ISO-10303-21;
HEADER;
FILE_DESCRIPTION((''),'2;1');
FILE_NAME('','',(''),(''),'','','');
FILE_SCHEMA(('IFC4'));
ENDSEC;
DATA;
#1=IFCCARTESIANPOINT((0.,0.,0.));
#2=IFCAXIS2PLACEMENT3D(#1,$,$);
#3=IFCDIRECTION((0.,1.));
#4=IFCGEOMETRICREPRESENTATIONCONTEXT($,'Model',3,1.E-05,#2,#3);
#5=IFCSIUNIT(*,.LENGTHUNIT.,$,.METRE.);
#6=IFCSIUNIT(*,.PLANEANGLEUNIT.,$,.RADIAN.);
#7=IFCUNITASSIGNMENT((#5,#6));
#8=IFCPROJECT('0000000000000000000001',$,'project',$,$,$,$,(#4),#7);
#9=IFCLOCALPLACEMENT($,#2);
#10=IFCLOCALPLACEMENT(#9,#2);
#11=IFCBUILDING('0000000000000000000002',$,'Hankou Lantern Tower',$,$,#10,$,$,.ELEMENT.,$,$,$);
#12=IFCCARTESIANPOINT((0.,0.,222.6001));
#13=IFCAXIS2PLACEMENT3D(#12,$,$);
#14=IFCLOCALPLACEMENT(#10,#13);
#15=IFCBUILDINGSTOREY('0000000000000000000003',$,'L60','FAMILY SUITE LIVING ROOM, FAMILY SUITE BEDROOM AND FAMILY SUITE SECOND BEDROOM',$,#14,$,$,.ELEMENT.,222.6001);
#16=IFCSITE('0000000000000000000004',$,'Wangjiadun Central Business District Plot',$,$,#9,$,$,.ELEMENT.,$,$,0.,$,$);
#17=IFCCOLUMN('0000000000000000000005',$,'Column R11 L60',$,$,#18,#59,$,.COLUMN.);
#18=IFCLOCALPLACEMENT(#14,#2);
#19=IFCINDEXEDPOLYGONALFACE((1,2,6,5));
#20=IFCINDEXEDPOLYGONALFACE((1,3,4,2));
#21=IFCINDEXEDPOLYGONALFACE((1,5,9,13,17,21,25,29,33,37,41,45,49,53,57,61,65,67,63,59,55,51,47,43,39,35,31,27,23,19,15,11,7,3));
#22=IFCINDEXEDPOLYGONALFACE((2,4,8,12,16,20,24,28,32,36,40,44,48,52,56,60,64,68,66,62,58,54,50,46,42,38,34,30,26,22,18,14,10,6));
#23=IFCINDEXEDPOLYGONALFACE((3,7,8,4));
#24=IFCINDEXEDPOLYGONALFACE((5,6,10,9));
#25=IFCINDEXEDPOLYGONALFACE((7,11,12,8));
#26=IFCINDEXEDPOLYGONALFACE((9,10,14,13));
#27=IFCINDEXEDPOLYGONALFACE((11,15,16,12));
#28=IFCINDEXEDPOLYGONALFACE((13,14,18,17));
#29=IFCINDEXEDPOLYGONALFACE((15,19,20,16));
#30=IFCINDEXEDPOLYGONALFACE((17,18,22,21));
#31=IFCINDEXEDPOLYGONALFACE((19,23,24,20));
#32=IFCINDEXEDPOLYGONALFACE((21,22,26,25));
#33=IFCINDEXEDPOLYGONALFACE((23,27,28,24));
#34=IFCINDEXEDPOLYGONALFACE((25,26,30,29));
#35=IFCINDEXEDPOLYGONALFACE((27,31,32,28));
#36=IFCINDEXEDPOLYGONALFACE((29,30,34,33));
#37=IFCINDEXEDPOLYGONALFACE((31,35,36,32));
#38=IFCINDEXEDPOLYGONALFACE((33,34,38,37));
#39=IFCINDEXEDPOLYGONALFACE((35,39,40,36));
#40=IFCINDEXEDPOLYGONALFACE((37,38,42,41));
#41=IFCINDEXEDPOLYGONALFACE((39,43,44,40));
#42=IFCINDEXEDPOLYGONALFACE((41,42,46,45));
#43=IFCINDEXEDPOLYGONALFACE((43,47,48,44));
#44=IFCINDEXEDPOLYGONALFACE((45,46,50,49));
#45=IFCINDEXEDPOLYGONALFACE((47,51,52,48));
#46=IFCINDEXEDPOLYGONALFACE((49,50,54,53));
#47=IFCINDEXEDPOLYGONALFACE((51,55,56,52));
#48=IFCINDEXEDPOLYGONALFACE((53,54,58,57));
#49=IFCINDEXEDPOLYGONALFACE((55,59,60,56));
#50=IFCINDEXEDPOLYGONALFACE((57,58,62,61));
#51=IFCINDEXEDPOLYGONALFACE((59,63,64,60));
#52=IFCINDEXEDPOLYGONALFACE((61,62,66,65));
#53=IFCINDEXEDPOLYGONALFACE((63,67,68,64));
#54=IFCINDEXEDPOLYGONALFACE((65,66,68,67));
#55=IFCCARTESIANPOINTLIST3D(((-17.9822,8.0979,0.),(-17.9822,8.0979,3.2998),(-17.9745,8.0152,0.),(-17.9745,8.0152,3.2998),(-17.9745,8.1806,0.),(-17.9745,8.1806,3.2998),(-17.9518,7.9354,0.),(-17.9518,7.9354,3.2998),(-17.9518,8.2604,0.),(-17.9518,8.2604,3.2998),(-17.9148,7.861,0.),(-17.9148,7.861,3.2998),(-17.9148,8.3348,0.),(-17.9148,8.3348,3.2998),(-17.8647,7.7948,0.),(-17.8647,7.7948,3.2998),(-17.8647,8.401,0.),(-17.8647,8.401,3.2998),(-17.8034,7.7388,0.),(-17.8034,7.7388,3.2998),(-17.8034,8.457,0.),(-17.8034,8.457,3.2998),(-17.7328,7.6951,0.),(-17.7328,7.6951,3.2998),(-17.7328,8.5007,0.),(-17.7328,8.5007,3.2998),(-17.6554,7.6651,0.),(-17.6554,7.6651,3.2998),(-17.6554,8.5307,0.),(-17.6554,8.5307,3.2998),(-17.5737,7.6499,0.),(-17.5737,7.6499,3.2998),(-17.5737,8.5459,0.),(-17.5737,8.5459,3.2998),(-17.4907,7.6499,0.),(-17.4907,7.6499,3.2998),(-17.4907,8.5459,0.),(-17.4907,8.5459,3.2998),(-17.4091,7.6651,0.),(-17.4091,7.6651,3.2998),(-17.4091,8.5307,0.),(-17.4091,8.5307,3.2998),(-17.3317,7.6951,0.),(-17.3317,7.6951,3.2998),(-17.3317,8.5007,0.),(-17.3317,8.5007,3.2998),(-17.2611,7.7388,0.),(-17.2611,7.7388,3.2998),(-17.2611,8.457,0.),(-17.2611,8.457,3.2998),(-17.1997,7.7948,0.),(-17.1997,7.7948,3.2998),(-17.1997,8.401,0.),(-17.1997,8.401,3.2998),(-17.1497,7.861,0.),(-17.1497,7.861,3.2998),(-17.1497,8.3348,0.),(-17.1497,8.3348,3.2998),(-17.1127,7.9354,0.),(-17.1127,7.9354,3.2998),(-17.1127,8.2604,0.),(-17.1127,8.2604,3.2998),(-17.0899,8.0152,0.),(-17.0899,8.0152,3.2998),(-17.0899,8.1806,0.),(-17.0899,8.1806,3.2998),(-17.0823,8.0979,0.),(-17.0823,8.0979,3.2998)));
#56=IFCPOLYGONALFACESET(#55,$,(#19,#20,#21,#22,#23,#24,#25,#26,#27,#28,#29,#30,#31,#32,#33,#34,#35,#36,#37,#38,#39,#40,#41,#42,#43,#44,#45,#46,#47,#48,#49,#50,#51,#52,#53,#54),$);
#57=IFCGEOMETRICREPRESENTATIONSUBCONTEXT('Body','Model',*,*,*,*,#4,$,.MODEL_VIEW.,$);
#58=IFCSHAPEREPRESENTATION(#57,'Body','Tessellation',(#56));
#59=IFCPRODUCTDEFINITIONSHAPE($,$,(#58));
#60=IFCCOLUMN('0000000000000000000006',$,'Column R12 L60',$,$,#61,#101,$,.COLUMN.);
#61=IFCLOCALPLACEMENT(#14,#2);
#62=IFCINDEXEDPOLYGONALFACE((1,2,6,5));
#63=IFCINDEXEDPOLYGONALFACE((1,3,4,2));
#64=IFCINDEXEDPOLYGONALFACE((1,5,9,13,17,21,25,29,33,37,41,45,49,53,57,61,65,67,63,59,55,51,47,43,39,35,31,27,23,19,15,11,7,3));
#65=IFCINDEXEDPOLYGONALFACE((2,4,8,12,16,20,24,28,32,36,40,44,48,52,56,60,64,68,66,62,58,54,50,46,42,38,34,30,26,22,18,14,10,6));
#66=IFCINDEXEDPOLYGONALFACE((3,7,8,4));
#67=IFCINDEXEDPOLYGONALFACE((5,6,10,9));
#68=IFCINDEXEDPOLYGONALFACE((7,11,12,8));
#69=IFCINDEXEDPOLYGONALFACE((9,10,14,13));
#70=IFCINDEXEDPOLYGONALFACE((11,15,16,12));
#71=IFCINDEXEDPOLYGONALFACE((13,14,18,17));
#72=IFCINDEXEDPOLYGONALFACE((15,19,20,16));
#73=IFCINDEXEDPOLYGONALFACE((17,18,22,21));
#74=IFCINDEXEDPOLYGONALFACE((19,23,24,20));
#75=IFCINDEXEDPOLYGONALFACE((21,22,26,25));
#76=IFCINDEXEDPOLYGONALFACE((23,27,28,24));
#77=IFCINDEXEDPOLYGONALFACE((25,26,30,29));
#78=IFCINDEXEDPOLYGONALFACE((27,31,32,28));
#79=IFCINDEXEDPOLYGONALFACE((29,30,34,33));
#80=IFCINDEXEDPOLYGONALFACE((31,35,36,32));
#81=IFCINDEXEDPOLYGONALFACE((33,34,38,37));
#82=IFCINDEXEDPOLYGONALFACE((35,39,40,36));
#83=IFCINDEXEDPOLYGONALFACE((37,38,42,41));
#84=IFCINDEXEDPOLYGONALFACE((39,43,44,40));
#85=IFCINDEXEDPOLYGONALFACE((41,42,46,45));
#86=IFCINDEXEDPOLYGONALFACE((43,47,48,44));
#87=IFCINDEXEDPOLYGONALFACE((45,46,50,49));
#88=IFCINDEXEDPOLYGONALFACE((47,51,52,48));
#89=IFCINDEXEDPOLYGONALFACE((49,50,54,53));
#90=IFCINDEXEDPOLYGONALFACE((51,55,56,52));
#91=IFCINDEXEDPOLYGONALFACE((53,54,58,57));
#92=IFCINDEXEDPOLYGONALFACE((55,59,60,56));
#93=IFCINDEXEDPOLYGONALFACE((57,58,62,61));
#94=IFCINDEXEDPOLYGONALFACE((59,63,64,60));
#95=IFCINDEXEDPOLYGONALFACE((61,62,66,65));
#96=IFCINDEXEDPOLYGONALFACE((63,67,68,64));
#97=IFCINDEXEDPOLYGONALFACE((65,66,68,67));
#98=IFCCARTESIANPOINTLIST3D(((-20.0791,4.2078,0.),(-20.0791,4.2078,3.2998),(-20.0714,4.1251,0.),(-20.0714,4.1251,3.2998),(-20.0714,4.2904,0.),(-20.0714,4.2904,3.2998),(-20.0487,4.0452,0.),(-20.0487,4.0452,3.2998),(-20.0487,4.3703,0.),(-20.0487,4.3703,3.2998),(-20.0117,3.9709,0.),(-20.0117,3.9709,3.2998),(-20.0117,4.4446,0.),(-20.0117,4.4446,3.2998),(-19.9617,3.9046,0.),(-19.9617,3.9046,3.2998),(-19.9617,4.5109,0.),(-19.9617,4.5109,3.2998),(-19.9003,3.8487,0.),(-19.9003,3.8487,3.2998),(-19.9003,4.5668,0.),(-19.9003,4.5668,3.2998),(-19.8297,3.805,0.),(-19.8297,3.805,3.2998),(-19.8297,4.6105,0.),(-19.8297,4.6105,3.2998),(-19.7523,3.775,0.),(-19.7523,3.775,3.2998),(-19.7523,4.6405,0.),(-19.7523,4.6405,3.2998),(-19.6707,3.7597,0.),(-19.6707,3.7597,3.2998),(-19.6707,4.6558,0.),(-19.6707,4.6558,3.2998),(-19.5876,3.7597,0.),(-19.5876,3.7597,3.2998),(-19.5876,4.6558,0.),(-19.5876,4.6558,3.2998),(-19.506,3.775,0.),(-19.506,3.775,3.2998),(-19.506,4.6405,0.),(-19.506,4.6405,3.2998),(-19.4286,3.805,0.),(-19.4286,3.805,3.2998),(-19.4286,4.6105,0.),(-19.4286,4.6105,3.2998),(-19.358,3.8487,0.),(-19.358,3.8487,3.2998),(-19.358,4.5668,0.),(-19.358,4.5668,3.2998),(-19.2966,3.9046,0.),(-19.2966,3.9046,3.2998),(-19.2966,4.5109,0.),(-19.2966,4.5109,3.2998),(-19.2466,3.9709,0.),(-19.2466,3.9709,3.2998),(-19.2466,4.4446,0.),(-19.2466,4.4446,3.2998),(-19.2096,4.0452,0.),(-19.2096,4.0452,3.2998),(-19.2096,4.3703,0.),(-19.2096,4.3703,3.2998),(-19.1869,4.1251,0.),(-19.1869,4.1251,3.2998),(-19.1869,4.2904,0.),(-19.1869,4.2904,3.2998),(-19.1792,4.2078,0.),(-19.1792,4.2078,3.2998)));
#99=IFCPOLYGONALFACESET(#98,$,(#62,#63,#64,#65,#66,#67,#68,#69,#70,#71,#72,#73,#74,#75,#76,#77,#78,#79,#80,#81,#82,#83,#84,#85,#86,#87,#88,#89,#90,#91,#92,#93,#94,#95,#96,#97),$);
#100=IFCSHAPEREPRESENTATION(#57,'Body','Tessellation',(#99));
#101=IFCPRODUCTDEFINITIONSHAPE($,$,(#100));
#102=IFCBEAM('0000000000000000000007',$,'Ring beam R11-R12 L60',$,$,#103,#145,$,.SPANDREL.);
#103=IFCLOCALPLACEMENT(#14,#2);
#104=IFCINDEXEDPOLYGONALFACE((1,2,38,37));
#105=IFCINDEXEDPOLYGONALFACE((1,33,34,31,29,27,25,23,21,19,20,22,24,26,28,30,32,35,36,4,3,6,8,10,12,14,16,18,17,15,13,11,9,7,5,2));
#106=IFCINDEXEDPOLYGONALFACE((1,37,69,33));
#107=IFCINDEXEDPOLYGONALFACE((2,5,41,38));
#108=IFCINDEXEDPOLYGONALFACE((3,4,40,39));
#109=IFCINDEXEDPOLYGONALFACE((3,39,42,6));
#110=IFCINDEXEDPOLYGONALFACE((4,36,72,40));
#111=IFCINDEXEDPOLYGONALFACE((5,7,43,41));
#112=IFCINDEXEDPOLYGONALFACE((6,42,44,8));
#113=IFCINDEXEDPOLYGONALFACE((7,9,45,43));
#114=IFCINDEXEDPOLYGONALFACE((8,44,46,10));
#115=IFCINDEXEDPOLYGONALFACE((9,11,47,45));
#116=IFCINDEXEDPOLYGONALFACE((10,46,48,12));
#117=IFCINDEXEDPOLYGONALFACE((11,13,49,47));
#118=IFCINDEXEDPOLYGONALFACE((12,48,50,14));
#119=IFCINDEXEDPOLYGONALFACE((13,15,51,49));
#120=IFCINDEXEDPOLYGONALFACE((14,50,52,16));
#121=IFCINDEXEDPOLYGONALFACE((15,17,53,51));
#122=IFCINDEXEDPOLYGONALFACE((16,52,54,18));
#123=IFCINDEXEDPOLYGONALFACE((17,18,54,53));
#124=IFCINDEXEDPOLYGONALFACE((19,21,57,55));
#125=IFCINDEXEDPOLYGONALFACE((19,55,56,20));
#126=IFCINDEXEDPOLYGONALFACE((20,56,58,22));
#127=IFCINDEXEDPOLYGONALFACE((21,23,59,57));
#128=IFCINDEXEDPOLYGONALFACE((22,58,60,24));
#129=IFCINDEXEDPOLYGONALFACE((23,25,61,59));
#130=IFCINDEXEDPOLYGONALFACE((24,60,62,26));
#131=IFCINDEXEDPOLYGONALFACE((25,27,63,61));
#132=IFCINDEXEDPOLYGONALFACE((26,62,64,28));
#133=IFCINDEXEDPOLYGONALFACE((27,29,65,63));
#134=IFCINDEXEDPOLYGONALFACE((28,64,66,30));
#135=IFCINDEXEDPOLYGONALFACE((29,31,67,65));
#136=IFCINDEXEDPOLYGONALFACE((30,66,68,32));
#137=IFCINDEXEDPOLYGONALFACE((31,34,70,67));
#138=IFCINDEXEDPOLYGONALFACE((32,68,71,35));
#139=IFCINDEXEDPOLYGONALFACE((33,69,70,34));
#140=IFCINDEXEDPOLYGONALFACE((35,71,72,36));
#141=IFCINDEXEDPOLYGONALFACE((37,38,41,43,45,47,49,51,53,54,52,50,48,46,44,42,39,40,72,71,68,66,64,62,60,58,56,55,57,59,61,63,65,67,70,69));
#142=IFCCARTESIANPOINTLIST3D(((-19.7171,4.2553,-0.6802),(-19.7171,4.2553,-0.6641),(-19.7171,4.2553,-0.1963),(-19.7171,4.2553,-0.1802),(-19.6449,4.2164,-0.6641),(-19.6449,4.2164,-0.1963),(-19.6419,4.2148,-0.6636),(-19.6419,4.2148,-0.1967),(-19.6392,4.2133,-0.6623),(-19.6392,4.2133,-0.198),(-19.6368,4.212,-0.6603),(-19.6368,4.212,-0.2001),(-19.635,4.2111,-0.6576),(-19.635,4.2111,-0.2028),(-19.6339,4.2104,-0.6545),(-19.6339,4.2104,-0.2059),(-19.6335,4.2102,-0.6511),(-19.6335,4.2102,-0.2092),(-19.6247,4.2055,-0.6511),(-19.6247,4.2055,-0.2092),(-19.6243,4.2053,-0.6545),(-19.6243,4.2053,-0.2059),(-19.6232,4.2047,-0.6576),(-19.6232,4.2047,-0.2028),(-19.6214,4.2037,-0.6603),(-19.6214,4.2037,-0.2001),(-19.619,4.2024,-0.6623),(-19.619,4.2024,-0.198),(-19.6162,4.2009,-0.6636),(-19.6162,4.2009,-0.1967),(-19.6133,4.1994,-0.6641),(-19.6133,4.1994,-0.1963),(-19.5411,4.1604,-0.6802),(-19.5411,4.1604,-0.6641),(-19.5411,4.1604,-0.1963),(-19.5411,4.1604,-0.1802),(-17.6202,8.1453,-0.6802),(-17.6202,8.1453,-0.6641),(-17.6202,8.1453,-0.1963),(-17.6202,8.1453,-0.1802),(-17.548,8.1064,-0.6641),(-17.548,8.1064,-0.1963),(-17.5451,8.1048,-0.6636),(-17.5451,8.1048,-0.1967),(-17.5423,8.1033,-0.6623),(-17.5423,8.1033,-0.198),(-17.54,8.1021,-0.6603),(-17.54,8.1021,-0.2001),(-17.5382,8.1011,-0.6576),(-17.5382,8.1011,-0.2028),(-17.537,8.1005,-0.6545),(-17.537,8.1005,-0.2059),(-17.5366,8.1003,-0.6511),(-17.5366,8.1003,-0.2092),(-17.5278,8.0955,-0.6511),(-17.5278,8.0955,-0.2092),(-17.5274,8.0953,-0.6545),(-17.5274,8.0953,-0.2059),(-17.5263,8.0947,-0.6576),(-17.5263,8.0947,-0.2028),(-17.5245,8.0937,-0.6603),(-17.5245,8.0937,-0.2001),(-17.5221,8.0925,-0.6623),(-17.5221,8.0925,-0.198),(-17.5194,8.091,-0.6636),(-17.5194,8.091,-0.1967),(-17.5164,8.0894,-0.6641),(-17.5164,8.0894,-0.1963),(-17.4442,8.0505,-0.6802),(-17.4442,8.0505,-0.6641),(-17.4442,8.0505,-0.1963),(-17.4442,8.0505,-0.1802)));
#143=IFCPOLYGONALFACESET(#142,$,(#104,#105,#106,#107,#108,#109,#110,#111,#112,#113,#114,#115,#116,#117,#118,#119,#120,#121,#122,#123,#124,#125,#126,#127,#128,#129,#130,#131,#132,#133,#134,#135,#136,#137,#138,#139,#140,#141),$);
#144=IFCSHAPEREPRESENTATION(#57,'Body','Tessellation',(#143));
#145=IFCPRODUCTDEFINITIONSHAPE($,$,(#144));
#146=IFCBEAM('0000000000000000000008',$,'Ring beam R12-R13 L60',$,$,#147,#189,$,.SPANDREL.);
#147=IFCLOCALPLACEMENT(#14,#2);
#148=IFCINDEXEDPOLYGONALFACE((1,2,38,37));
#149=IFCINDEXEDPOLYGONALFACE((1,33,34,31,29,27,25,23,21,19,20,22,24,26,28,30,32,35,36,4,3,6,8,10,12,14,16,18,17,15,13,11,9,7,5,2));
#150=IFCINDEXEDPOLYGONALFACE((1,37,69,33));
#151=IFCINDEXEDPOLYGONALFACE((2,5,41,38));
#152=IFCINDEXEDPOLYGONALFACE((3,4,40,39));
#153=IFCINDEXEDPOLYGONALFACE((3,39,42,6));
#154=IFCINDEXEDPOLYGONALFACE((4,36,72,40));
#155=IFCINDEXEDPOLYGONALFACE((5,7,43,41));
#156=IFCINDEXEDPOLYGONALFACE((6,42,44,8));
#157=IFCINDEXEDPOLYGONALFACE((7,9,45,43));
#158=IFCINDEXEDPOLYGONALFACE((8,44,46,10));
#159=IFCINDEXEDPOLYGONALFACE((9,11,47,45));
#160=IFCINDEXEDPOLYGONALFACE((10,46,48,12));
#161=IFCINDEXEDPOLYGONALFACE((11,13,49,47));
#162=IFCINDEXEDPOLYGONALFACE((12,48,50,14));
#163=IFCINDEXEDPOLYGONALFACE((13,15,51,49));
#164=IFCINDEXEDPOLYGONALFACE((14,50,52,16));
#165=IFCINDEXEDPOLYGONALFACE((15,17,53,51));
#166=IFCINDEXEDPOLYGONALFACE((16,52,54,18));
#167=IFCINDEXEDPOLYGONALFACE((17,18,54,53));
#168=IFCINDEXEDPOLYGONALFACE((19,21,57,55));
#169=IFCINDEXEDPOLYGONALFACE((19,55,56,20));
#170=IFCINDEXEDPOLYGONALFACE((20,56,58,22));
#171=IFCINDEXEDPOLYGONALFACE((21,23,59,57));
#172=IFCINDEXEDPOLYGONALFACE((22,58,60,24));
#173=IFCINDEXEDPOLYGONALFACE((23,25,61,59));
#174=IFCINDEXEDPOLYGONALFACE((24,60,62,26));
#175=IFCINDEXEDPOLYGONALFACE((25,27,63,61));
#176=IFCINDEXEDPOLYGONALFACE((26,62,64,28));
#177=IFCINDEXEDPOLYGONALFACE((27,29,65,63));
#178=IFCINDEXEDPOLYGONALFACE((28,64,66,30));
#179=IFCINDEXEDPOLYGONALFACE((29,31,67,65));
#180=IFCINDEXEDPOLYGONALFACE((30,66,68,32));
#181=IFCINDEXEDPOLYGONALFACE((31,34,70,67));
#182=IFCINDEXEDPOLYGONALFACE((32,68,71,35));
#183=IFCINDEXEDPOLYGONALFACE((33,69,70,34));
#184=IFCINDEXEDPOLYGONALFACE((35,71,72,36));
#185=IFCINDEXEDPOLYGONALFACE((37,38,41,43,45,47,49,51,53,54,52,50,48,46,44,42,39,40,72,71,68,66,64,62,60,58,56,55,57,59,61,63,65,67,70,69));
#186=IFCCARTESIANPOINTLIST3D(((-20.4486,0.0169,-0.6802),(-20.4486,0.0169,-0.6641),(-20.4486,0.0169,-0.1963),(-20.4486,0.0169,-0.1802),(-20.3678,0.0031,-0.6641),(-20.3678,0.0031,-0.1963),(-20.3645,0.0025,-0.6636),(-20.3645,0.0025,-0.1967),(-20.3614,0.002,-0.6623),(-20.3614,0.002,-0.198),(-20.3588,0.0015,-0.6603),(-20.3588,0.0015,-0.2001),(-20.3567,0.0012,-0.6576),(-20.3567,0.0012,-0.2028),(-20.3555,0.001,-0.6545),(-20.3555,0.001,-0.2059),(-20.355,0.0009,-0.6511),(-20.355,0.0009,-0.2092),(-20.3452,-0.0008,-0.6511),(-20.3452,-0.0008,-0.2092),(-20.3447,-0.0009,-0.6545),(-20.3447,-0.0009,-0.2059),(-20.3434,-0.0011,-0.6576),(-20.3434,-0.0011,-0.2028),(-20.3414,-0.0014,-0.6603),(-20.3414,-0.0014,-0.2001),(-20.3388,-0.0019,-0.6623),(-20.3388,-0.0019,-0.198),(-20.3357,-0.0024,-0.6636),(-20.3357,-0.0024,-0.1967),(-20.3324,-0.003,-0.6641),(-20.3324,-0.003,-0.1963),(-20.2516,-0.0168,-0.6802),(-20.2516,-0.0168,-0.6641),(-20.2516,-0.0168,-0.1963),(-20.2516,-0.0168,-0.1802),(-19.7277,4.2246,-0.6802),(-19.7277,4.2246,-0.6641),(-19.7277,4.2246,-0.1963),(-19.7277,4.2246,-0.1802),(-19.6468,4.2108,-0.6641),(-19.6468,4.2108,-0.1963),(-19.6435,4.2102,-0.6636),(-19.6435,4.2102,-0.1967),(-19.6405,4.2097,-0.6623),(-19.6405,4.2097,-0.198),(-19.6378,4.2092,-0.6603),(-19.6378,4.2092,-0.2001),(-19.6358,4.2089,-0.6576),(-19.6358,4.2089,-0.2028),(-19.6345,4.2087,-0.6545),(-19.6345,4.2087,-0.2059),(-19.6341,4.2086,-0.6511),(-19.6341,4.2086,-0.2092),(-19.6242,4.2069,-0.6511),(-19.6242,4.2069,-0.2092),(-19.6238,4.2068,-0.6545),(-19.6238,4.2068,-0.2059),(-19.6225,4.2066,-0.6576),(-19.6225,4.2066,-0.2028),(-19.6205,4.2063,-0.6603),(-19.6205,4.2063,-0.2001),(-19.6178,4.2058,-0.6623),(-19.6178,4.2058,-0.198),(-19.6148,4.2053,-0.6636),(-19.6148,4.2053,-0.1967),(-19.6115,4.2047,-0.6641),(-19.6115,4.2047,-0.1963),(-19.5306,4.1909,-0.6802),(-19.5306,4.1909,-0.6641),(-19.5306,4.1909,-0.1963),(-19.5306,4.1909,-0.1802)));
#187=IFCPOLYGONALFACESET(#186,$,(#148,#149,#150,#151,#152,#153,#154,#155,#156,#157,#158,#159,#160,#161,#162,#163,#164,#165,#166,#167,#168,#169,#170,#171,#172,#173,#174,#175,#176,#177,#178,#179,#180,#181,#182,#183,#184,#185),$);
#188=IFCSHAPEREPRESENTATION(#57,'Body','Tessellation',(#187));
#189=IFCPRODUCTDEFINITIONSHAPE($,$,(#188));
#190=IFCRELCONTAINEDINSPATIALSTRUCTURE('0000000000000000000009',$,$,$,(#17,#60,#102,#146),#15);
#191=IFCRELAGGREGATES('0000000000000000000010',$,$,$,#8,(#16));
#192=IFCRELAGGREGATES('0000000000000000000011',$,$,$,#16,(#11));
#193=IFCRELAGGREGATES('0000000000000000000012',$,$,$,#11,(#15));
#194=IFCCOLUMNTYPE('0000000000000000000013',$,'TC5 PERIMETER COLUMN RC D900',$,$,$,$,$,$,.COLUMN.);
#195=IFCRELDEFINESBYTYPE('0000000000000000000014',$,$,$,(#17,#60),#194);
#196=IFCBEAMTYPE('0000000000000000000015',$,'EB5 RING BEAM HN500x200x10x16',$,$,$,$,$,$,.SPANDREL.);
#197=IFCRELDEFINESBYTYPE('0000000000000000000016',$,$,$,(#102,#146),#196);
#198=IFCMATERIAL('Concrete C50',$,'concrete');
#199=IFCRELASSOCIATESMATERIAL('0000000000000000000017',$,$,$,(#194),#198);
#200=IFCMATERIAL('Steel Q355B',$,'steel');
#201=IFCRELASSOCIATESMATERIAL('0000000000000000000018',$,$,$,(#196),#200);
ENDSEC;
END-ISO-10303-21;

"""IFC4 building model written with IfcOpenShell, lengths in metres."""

from ifc_helpers import new_model, si_unit, direction, frame, origin, origin_2d, place, context, subcontext, project, spatial, circle, i_section, extrude, material, material_profile, profile_set, type_object, element, save


model = new_model("IFC4")

# Units and contexts
model_context = context("Model", 3, precision=1e-05, world=origin(), true_north=direction((0.0, 1.0)))
body_context = subcontext(model_context, "Body", "Model", "MODEL_VIEW")
ifc_project = project(units=[si_unit("LENGTHUNIT", "METRE"), si_unit("PLANEANGLEUNIT", "RADIAN")], contexts=[model_context])

# Site, building, storey
site_placement = place(None, origin())
site = spatial("IfcSite", under=ifc_project, at=site_placement, Name="Wangjiadun Central Business District Plot", CompositionType="ELEMENT", RefElevation=0.0)
building_placement = place(site_placement, origin())
building = spatial("IfcBuilding", under=site, at=building_placement, Name="Hankou Lantern Tower", CompositionType="ELEMENT")
storey_placement = place(building_placement, frame((0.0, 0.0, 222.6001)))
storey = spatial("IfcBuildingStorey", under=building, at=storey_placement, Name="L60", Description="FAMILY SUITE LIVING ROOM, FAMILY SUITE BEDROOM AND FAMILY SUITE SECOND BEDROOM", CompositionType="ELEMENT", Elevation=222.6001)

# Columns
ifc_material_1 = material(Name="Concrete C50", Category="concrete")
ifc_material_profile_1 = material_profile(ifc_material_1, circle(Radius=0.45, at=origin_2d()), Name="RC D900")
ifc_profile_set_1 = profile_set([ifc_material_profile_1], Name="Concrete C50")
column_type = type_object("IfcColumnType", Name="TC5 PERIMETER COLUMN RC D900", PredefinedType="COLUMN", material=ifc_profile_set_1)
for number, where, z_axis, x_axis, name in (
    (1, (-17.5322, 8.0979, 0.0), (0.0, 0.0, 1.0), (1.0, 0.0, 0.0), "Column R11 L60"),
    (2, (-19.6292, 4.2078, 0.0), (0.0, 0.0, 1.0), (1.0, 0.0, 0.0), "Column R12 L60"),
):
    element("IfcColumn", number, at=place(storey_placement, frame(where, z_axis=z_axis, x_axis=x_axis)), inside=storey, type_object=column_type, Name=name, PredefinedType="COLUMN", context=body_context, shape_type="SweptSolid", body=[
        extrude(circle(Radius=0.45, at=origin_2d()), origin(), (0.0, 0.0, 1.0), 3.2998),
    ])

# Beams
ifc_material_2 = material(Name="Steel Q355B", Category="steel")
ifc_material_profile_2 = material_profile(ifc_material_2, i_section(OverallWidth=0.2, OverallDepth=0.5, WebThickness=0.01, FlangeThickness=0.0161, FilletRadius=0.0129, at=origin_2d()), Name="HN500x200x10x16")
ifc_profile_set_2 = profile_set([ifc_material_profile_2], Name="Steel Q355B")
beam_type_1 = type_object("IfcBeamType", Name="EB5 RING BEAM HN500x200x10x16", PredefinedType="SPANDREL", material=ifc_profile_set_2)
beam_1_placement = place(storey_placement, frame((-17.5322, 8.0979, -0.4302), z_axis=(-0.474492, -0.88026, 0.0), x_axis=(0.88026, -0.474492, 0.0)))
element("IfcBeam", 3, at=beam_1_placement, inside=storey, type_object=beam_type_1, Name="Ring beam R11-R12 L60", PredefinedType="SPANDREL", context=body_context, shape_type="SweptSolid", body=[
    extrude(i_section(OverallWidth=0.2, OverallDepth=0.5, WebThickness=0.01, FlangeThickness=0.0161, FilletRadius=0.0129, at=origin_2d()), origin(), (0.0, 0.0, 1.0), 4.4192),
])
beam_2_placement = place(storey_placement, frame((-19.6292, 4.2078, -0.4302), z_axis=(-0.168877, -0.985637, 0.0), x_axis=(0.985637, -0.168877, 0.0)))
element("IfcBeam", 4, at=beam_2_placement, inside=storey, type_object=beam_type_1, Name="Ring beam R12-R13 L60", PredefinedType="SPANDREL", context=body_context, shape_type="SweptSolid", body=[
    extrude(i_section(OverallWidth=0.2, OverallDepth=0.5, WebThickness=0.01, FlangeThickness=0.0161, FilletRadius=0.0129, at=origin_2d()), origin(), (0.0, 0.0, 1.0), 4.269),
])

save(model, "model.ifc")
